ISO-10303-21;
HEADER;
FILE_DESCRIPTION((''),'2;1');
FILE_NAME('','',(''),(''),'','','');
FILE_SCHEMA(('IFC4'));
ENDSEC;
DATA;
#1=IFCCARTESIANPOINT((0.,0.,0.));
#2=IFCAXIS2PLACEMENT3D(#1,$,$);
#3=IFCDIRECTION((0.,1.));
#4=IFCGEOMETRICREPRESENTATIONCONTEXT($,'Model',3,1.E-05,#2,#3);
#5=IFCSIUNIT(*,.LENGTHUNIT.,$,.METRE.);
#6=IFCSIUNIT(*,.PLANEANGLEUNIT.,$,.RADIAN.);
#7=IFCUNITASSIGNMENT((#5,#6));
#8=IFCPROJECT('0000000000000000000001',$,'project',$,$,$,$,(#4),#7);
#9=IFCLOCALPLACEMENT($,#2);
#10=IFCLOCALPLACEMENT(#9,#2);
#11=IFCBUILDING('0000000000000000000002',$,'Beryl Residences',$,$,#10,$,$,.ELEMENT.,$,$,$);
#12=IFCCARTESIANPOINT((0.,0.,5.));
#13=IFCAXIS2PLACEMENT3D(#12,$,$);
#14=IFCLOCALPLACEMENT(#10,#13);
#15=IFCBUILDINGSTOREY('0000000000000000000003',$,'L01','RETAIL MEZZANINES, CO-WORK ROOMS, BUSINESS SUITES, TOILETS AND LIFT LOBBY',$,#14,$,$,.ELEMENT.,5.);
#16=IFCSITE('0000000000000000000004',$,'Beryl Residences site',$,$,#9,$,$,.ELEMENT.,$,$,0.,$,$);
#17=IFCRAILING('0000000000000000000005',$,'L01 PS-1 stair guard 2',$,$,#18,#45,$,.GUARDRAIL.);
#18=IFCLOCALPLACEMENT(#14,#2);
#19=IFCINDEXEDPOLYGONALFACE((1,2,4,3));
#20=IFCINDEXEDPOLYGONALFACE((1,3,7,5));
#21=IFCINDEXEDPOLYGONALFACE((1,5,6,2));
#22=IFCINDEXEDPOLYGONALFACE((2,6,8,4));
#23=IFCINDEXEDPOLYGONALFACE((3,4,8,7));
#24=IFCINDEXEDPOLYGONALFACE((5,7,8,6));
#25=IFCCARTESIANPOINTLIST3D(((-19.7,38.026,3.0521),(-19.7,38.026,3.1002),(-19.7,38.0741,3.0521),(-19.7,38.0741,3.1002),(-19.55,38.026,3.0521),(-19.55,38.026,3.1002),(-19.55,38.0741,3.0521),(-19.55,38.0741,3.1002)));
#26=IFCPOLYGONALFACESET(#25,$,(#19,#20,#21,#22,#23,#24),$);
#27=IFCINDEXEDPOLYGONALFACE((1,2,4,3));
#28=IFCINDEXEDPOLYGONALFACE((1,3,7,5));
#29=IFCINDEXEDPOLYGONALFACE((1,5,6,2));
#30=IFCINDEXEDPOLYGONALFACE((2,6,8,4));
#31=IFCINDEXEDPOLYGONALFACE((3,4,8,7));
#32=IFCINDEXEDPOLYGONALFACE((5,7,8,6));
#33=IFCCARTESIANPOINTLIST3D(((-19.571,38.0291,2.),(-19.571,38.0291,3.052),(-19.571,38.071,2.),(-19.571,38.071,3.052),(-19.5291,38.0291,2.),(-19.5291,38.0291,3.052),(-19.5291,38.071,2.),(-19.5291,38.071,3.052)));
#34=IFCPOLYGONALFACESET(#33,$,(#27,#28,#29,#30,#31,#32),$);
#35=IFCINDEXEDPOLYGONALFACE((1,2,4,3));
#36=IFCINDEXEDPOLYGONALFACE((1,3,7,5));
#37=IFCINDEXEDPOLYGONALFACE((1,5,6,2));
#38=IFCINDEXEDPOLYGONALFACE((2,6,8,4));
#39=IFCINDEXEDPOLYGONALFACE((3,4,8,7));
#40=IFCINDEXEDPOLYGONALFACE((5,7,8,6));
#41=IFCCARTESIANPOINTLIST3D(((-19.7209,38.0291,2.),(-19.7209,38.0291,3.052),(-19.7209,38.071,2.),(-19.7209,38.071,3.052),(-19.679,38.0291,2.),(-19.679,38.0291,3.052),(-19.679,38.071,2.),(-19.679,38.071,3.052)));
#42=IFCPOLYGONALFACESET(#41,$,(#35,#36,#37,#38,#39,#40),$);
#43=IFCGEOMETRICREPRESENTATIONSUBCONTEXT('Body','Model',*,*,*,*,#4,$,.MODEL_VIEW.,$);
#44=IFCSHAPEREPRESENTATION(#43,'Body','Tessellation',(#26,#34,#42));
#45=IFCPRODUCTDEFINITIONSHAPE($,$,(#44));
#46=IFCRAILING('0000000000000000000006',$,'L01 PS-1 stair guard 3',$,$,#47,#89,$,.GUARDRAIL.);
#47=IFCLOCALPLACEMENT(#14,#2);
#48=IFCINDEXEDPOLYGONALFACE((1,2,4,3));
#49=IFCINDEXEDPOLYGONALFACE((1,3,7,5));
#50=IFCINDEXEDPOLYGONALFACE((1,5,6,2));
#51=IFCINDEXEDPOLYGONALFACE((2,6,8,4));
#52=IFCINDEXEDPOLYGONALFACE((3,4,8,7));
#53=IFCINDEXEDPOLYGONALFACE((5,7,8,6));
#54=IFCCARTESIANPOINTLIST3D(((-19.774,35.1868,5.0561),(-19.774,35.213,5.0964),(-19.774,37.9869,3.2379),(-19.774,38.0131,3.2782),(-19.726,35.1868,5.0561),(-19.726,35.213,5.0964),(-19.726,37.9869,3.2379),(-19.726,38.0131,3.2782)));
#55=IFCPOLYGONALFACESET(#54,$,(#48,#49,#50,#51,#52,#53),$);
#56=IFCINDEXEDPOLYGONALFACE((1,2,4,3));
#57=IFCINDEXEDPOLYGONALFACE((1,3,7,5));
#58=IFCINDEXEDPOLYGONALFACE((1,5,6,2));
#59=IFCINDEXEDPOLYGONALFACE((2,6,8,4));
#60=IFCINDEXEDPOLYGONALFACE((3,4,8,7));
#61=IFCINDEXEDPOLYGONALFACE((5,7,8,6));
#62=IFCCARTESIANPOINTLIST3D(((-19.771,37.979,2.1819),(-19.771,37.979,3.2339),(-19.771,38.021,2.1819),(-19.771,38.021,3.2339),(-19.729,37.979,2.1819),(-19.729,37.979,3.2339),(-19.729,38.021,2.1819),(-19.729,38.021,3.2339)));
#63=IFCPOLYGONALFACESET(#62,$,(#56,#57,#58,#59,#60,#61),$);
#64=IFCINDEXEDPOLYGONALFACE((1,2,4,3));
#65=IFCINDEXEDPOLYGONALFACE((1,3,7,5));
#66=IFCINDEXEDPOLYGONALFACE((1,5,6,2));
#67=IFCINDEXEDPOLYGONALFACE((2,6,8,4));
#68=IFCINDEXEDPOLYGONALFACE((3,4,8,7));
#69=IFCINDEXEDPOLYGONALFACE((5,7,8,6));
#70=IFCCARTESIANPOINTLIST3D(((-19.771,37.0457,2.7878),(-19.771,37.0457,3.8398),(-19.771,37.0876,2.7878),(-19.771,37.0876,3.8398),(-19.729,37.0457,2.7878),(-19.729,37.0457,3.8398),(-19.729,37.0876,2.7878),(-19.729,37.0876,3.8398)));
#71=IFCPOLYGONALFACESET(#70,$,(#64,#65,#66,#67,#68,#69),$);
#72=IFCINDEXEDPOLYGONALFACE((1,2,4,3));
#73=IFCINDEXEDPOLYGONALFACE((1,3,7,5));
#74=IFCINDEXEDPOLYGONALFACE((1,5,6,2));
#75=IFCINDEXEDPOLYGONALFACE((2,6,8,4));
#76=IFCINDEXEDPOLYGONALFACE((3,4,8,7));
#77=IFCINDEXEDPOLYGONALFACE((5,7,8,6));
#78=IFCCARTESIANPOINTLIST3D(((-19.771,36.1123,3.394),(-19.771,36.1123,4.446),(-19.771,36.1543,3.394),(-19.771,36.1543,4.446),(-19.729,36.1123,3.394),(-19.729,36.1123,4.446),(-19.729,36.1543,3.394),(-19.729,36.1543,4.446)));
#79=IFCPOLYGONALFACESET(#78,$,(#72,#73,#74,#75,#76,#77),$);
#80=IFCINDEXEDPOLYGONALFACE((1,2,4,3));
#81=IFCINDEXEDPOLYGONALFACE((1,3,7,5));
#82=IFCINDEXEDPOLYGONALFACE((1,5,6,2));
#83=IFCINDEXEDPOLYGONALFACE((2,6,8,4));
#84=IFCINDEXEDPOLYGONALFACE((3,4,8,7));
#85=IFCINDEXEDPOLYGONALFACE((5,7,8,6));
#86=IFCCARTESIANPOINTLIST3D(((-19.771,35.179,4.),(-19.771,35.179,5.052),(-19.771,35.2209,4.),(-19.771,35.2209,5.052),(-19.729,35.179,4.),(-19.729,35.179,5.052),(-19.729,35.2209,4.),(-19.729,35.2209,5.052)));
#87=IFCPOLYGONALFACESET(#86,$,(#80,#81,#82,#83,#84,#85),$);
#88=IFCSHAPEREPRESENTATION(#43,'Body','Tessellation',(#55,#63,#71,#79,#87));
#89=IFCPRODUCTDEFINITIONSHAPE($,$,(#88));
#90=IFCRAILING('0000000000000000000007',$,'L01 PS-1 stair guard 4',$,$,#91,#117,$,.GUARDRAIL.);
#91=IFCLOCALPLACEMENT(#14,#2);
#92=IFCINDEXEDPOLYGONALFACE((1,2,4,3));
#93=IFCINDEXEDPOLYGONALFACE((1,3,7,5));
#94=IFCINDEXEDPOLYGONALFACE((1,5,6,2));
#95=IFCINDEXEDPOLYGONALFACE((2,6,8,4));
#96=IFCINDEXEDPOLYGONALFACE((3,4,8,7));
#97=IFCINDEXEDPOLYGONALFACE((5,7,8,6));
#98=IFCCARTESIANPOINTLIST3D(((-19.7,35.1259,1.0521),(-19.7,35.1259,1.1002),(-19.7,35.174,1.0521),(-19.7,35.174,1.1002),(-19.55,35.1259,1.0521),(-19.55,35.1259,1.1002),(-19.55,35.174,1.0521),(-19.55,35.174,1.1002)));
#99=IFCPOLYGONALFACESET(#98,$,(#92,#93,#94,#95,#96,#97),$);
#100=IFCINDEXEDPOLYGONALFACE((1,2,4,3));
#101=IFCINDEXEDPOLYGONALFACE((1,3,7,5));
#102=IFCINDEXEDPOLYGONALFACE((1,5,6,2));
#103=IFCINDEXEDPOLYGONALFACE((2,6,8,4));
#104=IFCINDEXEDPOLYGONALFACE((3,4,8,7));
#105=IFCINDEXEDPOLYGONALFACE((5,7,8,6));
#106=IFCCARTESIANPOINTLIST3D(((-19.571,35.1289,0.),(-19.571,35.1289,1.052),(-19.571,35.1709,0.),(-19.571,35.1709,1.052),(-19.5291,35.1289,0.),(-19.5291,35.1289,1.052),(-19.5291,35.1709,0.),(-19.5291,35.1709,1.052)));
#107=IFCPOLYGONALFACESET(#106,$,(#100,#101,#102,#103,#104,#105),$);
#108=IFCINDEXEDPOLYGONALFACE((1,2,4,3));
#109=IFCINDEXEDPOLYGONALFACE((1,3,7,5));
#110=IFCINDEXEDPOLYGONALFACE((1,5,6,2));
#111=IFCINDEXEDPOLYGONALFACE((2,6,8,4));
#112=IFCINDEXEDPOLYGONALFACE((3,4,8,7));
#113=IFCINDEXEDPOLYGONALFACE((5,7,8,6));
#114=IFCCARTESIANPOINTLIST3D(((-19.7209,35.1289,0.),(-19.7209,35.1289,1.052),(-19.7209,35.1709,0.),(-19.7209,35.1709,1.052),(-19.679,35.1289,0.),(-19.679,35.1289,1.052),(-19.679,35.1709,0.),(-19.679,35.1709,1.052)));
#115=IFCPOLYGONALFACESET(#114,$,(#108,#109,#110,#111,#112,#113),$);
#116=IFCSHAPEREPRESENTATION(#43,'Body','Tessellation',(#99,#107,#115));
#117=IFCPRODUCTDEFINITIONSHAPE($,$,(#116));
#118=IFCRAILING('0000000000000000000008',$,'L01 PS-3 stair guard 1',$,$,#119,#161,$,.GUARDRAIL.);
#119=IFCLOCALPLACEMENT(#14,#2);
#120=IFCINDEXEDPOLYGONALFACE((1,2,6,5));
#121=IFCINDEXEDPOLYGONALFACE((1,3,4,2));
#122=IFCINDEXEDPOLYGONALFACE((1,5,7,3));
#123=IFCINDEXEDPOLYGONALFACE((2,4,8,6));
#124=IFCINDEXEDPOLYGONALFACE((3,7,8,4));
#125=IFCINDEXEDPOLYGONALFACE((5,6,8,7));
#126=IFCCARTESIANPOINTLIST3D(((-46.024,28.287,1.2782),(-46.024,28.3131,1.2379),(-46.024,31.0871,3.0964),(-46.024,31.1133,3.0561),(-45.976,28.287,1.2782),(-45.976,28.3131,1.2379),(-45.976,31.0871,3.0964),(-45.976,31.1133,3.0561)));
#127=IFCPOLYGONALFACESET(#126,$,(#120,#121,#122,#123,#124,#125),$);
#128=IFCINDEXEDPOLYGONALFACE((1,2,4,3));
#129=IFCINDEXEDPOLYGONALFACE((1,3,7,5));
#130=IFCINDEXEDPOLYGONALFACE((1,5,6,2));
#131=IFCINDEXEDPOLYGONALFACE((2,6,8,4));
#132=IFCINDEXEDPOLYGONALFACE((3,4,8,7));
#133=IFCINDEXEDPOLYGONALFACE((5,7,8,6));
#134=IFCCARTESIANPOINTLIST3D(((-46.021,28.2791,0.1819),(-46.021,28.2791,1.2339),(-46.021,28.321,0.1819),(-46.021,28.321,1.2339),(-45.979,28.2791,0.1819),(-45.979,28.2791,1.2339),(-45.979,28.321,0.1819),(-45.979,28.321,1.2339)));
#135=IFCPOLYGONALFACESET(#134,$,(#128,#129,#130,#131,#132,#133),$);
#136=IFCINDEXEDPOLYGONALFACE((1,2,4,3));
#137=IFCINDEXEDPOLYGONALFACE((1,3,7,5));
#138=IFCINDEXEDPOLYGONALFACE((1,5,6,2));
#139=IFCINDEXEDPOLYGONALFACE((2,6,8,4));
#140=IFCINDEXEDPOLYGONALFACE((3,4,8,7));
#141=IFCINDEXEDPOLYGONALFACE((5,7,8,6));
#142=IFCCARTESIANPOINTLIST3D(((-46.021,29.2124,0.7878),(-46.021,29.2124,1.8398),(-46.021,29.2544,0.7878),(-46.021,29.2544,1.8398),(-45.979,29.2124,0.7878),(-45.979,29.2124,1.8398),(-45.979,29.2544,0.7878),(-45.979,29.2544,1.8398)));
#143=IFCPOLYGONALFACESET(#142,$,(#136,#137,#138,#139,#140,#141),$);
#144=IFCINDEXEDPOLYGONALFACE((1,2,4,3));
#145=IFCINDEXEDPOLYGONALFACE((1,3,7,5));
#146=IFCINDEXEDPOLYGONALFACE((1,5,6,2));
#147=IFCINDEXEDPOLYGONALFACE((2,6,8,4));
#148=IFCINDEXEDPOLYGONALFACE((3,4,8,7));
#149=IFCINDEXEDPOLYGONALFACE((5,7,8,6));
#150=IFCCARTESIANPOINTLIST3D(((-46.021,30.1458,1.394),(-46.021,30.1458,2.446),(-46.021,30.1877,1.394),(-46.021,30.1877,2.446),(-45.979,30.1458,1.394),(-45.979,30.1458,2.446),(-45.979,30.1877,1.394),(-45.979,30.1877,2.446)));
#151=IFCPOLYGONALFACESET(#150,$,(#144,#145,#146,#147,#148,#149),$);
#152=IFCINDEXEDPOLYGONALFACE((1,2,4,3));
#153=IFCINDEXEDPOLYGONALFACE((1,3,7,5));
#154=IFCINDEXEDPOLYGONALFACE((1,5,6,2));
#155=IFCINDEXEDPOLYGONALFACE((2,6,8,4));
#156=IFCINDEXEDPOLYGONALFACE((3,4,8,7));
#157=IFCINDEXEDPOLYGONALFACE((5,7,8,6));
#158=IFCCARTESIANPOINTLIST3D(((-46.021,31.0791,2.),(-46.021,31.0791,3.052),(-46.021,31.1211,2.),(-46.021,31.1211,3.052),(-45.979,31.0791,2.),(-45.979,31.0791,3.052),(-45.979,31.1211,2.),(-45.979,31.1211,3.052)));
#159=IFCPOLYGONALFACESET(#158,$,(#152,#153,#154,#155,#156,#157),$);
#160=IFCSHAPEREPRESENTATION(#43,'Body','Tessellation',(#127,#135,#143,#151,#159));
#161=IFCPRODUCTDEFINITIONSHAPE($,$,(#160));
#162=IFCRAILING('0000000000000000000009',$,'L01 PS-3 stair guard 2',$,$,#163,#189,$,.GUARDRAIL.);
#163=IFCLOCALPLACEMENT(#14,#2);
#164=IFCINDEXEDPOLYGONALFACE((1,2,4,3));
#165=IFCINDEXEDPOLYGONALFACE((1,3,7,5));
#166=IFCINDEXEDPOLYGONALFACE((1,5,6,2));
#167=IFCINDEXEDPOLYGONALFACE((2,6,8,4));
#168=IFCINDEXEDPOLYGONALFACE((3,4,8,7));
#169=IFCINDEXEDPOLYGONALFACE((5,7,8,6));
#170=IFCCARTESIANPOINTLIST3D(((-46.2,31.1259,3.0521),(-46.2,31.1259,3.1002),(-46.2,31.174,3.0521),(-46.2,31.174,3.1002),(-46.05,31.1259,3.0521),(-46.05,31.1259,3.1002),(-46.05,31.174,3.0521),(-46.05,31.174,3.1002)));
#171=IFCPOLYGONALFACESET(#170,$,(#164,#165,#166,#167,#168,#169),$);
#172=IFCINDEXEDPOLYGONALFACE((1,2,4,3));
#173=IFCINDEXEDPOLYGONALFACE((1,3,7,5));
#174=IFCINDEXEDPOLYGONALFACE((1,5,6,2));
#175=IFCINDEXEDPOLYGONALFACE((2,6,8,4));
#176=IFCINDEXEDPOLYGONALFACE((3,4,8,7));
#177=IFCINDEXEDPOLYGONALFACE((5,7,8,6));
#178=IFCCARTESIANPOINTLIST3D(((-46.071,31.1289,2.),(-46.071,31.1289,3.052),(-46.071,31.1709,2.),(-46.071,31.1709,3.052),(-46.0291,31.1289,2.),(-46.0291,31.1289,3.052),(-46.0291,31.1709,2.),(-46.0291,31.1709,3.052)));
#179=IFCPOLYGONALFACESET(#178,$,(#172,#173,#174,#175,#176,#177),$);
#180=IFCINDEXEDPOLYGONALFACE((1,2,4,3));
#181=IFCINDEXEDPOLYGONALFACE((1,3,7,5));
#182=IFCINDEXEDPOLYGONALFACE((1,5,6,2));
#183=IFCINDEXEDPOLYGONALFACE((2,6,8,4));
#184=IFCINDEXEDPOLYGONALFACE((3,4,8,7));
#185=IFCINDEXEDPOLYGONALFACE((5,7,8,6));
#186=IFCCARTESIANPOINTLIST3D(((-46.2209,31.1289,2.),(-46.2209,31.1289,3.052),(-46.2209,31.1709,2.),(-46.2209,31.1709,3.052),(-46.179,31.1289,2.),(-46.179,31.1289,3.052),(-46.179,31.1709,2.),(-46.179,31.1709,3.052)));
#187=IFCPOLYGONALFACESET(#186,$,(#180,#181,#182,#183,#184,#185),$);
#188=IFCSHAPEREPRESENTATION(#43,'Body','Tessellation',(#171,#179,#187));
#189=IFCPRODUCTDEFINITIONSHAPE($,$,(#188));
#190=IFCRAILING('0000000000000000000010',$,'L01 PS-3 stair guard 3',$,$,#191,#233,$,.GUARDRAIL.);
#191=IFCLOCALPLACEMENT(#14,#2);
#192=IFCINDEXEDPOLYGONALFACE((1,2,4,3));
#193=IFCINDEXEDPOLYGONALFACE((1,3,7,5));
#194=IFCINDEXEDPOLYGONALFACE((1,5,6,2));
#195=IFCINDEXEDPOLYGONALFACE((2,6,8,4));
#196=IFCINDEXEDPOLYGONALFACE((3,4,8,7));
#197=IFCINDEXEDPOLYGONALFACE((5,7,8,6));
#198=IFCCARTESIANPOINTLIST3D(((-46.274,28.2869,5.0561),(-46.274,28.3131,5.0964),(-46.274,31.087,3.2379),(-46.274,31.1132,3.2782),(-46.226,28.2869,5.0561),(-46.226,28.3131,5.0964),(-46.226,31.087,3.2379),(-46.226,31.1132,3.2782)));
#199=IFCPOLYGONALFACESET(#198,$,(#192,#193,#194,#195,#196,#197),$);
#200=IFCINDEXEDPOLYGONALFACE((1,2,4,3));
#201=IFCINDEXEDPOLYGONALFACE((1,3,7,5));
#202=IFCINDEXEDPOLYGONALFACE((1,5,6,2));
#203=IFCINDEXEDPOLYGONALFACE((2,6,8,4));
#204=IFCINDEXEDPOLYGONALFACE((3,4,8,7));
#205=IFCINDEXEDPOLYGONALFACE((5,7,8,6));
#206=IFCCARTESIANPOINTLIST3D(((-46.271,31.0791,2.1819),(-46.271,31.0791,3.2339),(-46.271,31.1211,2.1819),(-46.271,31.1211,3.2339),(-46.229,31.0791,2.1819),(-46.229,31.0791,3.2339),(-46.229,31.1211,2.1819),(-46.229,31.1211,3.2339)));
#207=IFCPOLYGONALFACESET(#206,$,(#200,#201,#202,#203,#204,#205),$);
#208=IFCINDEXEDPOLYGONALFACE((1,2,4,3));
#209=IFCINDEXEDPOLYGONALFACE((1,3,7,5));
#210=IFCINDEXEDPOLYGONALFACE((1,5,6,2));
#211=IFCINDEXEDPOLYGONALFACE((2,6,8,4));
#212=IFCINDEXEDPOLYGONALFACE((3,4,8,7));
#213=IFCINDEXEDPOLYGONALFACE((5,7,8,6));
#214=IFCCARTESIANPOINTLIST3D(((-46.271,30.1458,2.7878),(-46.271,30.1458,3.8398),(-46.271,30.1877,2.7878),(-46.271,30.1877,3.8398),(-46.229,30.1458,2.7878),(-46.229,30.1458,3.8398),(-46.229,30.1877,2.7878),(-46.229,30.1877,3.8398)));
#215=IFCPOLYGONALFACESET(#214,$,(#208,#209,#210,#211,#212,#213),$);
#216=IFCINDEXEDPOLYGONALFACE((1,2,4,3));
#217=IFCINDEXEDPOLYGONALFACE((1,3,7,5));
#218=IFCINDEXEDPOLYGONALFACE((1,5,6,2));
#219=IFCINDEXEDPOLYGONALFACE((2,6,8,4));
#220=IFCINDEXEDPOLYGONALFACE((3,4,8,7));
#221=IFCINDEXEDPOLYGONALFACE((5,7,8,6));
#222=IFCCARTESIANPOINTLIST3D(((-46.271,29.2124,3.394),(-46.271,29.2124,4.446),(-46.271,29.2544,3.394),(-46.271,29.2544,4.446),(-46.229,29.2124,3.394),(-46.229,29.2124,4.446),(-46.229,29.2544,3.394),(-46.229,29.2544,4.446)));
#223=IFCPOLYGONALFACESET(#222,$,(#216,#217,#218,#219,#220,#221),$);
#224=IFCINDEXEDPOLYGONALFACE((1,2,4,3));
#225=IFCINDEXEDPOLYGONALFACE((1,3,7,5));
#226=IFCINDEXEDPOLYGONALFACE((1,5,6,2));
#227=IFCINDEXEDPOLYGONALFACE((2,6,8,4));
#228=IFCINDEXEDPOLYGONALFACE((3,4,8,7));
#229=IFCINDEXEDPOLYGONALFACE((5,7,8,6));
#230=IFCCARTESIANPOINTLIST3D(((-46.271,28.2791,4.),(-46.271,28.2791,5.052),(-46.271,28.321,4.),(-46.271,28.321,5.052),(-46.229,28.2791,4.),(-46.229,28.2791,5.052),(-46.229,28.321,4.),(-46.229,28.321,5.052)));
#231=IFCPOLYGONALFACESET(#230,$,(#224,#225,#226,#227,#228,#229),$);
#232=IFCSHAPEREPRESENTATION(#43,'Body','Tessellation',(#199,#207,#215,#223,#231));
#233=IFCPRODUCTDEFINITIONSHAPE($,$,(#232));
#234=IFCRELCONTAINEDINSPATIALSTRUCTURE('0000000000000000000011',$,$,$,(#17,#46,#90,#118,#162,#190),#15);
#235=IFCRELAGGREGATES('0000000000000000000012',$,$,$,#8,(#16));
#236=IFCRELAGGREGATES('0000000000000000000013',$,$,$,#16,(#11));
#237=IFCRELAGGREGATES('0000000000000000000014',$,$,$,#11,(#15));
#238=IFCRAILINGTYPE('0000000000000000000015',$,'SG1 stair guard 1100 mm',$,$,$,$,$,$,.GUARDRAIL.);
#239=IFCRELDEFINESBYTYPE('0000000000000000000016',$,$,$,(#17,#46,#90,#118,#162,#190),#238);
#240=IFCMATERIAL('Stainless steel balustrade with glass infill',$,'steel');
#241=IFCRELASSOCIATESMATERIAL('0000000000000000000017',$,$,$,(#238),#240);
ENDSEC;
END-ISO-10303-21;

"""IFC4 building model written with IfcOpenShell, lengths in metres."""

from ifc_helpers import new_model, si_unit, direction, frame, origin, origin_2d, place, context, subcontext, project, spatial, rectangle, extrude, material, type_object, element, save


model = new_model("IFC4")

# Units and contexts
model_context = context("Model", 3, precision=1e-05, world=origin(), true_north=direction((0.0, 1.0)))
body_context = subcontext(model_context, "Body", "Model", "MODEL_VIEW")
ifc_project = project(units=[si_unit("LENGTHUNIT", "METRE"), si_unit("PLANEANGLEUNIT", "RADIAN")], contexts=[model_context])

# Site, building, storey
site_placement = place(None, origin())
site = spatial("IfcSite", under=ifc_project, at=site_placement, Name="Beryl Residences site", CompositionType="ELEMENT", RefElevation=0.0)
building_placement = place(site_placement, origin())
building = spatial("IfcBuilding", under=site, at=building_placement, Name="Beryl Residences", CompositionType="ELEMENT")
storey_placement = place(building_placement, frame((0.0, 0.0, 5.0)))
storey = spatial("IfcBuildingStorey", under=building, at=storey_placement, Name="L01", Description="RETAIL MEZZANINES, CO-WORK ROOMS, BUSINESS SUITES, TOILETS AND LIFT LOBBY", CompositionType="ELEMENT", Elevation=5.0)

# Railings
ifc_material_1 = material(Name="Stainless steel balustrade with glass infill", Category="steel")
railing_type_1 = type_object("IfcRailingType", Name="SG1 stair guard 1100 mm", PredefinedType="GUARDRAIL", material=ifc_material_1)
railing_1_placement = place(storey_placement, frame((-19.55, 38.05, 2.0)))
element("IfcRailing", 1, at=railing_1_placement, inside=storey, type_object=railing_type_1, Name="L01 PS-1 stair guard 2", PredefinedType="GUARDRAIL", context=body_context, shape_type="SweptSolid", body=[
    extrude(rectangle(XDim=0.0481, YDim=0.0481, at=origin_2d()), frame((0.0, 0.0, 1.0762), z_axis=(-1.0, 0.0, 0.0), x_axis=(0.0, -1.0, 0.0)), (0.0, 0.0, 1.0), 0.1499),
    extrude(rectangle(XDim=0.042, YDim=0.042, at=origin_2d()), origin(), (0.0, 0.0, 1.0), 1.052),
    extrude(rectangle(XDim=0.042, YDim=0.042, at=origin_2d()), frame((-0.1499, 0.0, 0.0)), (0.0, 0.0, 1.0), 1.052),
])
railing_2_placement = place(storey_placement, frame((-19.75, 38.0, 2.1819)))
element("IfcRailing", 2, at=railing_2_placement, inside=storey, type_object=railing_type_1, Name="L01 PS-1 stair guard 3", PredefinedType="GUARDRAIL", context=body_context, shape_type="SweptSolid", body=[
    extrude(rectangle(XDim=0.0481, YDim=0.0481, at=origin_2d()), frame((0.0, 0.0, 1.0762), z_axis=(0.0, -0.838706, 0.544585), x_axis=(1.0, 0.0, 0.0)), (0.0, 0.0, 1.0), 3.3386),
    extrude(rectangle(XDim=0.042, YDim=0.042, at=origin_2d()), origin(), (0.0, 0.0, 1.0), 1.052),
    extrude(rectangle(XDim=0.042, YDim=0.042, at=origin_2d()), frame((0.0, -0.9333, 0.606)), (0.0, 0.0, 1.0), 1.052),
    extrude(rectangle(XDim=0.042, YDim=0.042, at=origin_2d()), frame((0.0, -1.8667, 1.2122)), (0.0, 0.0, 1.0), 1.052),
    extrude(rectangle(XDim=0.042, YDim=0.042, at=origin_2d()), frame((0.0, -2.8, 1.8181)), (0.0, 0.0, 1.0), 1.052),
])
railing_3_placement = place(storey_placement, frame((-19.55, 35.1499, 0.0)))
element("IfcRailing", 3, at=railing_3_placement, inside=storey, type_object=railing_type_1, Name="L01 PS-1 stair guard 4", PredefinedType="GUARDRAIL", context=body_context, shape_type="SweptSolid", body=[
    extrude(rectangle(XDim=0.0481, YDim=0.0481, at=origin_2d()), frame((0.0, 0.0, 1.0762), z_axis=(-1.0, 0.0, 0.0), x_axis=(0.0, -1.0, 0.0)), (0.0, 0.0, 1.0), 0.1499),
    extrude(rectangle(XDim=0.042, YDim=0.042, at=origin_2d()), origin(), (0.0, 0.0, 1.0), 1.052),
    extrude(rectangle(XDim=0.042, YDim=0.042, at=origin_2d()), frame((-0.1499, 0.0, 0.0)), (0.0, 0.0, 1.0), 1.052),
])
railing_4_placement = place(storey_placement, frame((-46.0, 28.3, 0.1819)))
element("IfcRailing", 4, at=railing_4_placement, inside=storey, type_object=railing_type_1, Name="L01 PS-3 stair guard 1", PredefinedType="GUARDRAIL", context=body_context, shape_type="SweptSolid", body=[
    extrude(rectangle(XDim=0.0481, YDim=0.0481, at=origin_2d()), frame((0.0, 0.0, 1.0762), z_axis=(0.0, 0.838706, 0.544585), x_axis=(-1.0, 0.0, 0.0)), (0.0, 0.0, 1.0), 3.3386),
    extrude(rectangle(XDim=0.042, YDim=0.042, at=origin_2d()), origin(), (0.0, 0.0, 1.0), 1.052),
    extrude(rectangle(XDim=0.042, YDim=0.042, at=origin_2d()), frame((0.0, 0.9333, 0.606)), (0.0, 0.0, 1.0), 1.052),
    extrude(rectangle(XDim=0.042, YDim=0.042, at=origin_2d()), frame((0.0, 1.8667, 1.2122)), (0.0, 0.0, 1.0), 1.052),
    extrude(rectangle(XDim=0.042, YDim=0.042, at=origin_2d()), frame((0.0, 2.8, 1.8181)), (0.0, 0.0, 1.0), 1.052),
])
railing_5_placement = place(storey_placement, frame((-46.05, 31.1499, 2.0)))
element("IfcRailing", 5, at=railing_5_placement, inside=storey, type_object=railing_type_1, Name="L01 PS-3 stair guard 2", PredefinedType="GUARDRAIL", context=body_context, shape_type="SweptSolid", body=[
    extrude(rectangle(XDim=0.0481, YDim=0.0481, at=origin_2d()), frame((0.0, 0.0, 1.0762), z_axis=(-1.0, 0.0, 0.0), x_axis=(0.0, -1.0, 0.0)), (0.0, 0.0, 1.0), 0.1499),
    extrude(rectangle(XDim=0.042, YDim=0.042, at=origin_2d()), origin(), (0.0, 0.0, 1.0), 1.052),
    extrude(rectangle(XDim=0.042, YDim=0.042, at=origin_2d()), frame((-0.1499, 0.0, 0.0)), (0.0, 0.0, 1.0), 1.052),
])
railing_6_placement = place(storey_placement, frame((-46.25, 31.1001, 2.1819)))
element("IfcRailing", 6, at=railing_6_placement, inside=storey, type_object=railing_type_1, Name="L01 PS-3 stair guard 3", PredefinedType="GUARDRAIL", context=body_context, shape_type="SweptSolid", body=[
    extrude(rectangle(XDim=0.0481, YDim=0.0481, at=origin_2d()), frame((0.0, 0.0, 1.0762), z_axis=(0.0, -0.838706, 0.544585), x_axis=(1.0, 0.0, 0.0)), (0.0, 0.0, 1.0), 3.3386),
    extrude(rectangle(XDim=0.042, YDim=0.042, at=origin_2d()), origin(), (0.0, 0.0, 1.0), 1.052),
    extrude(rectangle(XDim=0.042, YDim=0.042, at=origin_2d()), frame((0.0, -0.9333, 0.606)), (0.0, 0.0, 1.0), 1.052),
    extrude(rectangle(XDim=0.042, YDim=0.042, at=origin_2d()), frame((0.0, -1.8667, 1.2122)), (0.0, 0.0, 1.0), 1.052),
    extrude(rectangle(XDim=0.042, YDim=0.042, at=origin_2d()), frame((0.0, -2.8, 1.8181)), (0.0, 0.0, 1.0), 1.052),
])

save(model, "model.ifc")
